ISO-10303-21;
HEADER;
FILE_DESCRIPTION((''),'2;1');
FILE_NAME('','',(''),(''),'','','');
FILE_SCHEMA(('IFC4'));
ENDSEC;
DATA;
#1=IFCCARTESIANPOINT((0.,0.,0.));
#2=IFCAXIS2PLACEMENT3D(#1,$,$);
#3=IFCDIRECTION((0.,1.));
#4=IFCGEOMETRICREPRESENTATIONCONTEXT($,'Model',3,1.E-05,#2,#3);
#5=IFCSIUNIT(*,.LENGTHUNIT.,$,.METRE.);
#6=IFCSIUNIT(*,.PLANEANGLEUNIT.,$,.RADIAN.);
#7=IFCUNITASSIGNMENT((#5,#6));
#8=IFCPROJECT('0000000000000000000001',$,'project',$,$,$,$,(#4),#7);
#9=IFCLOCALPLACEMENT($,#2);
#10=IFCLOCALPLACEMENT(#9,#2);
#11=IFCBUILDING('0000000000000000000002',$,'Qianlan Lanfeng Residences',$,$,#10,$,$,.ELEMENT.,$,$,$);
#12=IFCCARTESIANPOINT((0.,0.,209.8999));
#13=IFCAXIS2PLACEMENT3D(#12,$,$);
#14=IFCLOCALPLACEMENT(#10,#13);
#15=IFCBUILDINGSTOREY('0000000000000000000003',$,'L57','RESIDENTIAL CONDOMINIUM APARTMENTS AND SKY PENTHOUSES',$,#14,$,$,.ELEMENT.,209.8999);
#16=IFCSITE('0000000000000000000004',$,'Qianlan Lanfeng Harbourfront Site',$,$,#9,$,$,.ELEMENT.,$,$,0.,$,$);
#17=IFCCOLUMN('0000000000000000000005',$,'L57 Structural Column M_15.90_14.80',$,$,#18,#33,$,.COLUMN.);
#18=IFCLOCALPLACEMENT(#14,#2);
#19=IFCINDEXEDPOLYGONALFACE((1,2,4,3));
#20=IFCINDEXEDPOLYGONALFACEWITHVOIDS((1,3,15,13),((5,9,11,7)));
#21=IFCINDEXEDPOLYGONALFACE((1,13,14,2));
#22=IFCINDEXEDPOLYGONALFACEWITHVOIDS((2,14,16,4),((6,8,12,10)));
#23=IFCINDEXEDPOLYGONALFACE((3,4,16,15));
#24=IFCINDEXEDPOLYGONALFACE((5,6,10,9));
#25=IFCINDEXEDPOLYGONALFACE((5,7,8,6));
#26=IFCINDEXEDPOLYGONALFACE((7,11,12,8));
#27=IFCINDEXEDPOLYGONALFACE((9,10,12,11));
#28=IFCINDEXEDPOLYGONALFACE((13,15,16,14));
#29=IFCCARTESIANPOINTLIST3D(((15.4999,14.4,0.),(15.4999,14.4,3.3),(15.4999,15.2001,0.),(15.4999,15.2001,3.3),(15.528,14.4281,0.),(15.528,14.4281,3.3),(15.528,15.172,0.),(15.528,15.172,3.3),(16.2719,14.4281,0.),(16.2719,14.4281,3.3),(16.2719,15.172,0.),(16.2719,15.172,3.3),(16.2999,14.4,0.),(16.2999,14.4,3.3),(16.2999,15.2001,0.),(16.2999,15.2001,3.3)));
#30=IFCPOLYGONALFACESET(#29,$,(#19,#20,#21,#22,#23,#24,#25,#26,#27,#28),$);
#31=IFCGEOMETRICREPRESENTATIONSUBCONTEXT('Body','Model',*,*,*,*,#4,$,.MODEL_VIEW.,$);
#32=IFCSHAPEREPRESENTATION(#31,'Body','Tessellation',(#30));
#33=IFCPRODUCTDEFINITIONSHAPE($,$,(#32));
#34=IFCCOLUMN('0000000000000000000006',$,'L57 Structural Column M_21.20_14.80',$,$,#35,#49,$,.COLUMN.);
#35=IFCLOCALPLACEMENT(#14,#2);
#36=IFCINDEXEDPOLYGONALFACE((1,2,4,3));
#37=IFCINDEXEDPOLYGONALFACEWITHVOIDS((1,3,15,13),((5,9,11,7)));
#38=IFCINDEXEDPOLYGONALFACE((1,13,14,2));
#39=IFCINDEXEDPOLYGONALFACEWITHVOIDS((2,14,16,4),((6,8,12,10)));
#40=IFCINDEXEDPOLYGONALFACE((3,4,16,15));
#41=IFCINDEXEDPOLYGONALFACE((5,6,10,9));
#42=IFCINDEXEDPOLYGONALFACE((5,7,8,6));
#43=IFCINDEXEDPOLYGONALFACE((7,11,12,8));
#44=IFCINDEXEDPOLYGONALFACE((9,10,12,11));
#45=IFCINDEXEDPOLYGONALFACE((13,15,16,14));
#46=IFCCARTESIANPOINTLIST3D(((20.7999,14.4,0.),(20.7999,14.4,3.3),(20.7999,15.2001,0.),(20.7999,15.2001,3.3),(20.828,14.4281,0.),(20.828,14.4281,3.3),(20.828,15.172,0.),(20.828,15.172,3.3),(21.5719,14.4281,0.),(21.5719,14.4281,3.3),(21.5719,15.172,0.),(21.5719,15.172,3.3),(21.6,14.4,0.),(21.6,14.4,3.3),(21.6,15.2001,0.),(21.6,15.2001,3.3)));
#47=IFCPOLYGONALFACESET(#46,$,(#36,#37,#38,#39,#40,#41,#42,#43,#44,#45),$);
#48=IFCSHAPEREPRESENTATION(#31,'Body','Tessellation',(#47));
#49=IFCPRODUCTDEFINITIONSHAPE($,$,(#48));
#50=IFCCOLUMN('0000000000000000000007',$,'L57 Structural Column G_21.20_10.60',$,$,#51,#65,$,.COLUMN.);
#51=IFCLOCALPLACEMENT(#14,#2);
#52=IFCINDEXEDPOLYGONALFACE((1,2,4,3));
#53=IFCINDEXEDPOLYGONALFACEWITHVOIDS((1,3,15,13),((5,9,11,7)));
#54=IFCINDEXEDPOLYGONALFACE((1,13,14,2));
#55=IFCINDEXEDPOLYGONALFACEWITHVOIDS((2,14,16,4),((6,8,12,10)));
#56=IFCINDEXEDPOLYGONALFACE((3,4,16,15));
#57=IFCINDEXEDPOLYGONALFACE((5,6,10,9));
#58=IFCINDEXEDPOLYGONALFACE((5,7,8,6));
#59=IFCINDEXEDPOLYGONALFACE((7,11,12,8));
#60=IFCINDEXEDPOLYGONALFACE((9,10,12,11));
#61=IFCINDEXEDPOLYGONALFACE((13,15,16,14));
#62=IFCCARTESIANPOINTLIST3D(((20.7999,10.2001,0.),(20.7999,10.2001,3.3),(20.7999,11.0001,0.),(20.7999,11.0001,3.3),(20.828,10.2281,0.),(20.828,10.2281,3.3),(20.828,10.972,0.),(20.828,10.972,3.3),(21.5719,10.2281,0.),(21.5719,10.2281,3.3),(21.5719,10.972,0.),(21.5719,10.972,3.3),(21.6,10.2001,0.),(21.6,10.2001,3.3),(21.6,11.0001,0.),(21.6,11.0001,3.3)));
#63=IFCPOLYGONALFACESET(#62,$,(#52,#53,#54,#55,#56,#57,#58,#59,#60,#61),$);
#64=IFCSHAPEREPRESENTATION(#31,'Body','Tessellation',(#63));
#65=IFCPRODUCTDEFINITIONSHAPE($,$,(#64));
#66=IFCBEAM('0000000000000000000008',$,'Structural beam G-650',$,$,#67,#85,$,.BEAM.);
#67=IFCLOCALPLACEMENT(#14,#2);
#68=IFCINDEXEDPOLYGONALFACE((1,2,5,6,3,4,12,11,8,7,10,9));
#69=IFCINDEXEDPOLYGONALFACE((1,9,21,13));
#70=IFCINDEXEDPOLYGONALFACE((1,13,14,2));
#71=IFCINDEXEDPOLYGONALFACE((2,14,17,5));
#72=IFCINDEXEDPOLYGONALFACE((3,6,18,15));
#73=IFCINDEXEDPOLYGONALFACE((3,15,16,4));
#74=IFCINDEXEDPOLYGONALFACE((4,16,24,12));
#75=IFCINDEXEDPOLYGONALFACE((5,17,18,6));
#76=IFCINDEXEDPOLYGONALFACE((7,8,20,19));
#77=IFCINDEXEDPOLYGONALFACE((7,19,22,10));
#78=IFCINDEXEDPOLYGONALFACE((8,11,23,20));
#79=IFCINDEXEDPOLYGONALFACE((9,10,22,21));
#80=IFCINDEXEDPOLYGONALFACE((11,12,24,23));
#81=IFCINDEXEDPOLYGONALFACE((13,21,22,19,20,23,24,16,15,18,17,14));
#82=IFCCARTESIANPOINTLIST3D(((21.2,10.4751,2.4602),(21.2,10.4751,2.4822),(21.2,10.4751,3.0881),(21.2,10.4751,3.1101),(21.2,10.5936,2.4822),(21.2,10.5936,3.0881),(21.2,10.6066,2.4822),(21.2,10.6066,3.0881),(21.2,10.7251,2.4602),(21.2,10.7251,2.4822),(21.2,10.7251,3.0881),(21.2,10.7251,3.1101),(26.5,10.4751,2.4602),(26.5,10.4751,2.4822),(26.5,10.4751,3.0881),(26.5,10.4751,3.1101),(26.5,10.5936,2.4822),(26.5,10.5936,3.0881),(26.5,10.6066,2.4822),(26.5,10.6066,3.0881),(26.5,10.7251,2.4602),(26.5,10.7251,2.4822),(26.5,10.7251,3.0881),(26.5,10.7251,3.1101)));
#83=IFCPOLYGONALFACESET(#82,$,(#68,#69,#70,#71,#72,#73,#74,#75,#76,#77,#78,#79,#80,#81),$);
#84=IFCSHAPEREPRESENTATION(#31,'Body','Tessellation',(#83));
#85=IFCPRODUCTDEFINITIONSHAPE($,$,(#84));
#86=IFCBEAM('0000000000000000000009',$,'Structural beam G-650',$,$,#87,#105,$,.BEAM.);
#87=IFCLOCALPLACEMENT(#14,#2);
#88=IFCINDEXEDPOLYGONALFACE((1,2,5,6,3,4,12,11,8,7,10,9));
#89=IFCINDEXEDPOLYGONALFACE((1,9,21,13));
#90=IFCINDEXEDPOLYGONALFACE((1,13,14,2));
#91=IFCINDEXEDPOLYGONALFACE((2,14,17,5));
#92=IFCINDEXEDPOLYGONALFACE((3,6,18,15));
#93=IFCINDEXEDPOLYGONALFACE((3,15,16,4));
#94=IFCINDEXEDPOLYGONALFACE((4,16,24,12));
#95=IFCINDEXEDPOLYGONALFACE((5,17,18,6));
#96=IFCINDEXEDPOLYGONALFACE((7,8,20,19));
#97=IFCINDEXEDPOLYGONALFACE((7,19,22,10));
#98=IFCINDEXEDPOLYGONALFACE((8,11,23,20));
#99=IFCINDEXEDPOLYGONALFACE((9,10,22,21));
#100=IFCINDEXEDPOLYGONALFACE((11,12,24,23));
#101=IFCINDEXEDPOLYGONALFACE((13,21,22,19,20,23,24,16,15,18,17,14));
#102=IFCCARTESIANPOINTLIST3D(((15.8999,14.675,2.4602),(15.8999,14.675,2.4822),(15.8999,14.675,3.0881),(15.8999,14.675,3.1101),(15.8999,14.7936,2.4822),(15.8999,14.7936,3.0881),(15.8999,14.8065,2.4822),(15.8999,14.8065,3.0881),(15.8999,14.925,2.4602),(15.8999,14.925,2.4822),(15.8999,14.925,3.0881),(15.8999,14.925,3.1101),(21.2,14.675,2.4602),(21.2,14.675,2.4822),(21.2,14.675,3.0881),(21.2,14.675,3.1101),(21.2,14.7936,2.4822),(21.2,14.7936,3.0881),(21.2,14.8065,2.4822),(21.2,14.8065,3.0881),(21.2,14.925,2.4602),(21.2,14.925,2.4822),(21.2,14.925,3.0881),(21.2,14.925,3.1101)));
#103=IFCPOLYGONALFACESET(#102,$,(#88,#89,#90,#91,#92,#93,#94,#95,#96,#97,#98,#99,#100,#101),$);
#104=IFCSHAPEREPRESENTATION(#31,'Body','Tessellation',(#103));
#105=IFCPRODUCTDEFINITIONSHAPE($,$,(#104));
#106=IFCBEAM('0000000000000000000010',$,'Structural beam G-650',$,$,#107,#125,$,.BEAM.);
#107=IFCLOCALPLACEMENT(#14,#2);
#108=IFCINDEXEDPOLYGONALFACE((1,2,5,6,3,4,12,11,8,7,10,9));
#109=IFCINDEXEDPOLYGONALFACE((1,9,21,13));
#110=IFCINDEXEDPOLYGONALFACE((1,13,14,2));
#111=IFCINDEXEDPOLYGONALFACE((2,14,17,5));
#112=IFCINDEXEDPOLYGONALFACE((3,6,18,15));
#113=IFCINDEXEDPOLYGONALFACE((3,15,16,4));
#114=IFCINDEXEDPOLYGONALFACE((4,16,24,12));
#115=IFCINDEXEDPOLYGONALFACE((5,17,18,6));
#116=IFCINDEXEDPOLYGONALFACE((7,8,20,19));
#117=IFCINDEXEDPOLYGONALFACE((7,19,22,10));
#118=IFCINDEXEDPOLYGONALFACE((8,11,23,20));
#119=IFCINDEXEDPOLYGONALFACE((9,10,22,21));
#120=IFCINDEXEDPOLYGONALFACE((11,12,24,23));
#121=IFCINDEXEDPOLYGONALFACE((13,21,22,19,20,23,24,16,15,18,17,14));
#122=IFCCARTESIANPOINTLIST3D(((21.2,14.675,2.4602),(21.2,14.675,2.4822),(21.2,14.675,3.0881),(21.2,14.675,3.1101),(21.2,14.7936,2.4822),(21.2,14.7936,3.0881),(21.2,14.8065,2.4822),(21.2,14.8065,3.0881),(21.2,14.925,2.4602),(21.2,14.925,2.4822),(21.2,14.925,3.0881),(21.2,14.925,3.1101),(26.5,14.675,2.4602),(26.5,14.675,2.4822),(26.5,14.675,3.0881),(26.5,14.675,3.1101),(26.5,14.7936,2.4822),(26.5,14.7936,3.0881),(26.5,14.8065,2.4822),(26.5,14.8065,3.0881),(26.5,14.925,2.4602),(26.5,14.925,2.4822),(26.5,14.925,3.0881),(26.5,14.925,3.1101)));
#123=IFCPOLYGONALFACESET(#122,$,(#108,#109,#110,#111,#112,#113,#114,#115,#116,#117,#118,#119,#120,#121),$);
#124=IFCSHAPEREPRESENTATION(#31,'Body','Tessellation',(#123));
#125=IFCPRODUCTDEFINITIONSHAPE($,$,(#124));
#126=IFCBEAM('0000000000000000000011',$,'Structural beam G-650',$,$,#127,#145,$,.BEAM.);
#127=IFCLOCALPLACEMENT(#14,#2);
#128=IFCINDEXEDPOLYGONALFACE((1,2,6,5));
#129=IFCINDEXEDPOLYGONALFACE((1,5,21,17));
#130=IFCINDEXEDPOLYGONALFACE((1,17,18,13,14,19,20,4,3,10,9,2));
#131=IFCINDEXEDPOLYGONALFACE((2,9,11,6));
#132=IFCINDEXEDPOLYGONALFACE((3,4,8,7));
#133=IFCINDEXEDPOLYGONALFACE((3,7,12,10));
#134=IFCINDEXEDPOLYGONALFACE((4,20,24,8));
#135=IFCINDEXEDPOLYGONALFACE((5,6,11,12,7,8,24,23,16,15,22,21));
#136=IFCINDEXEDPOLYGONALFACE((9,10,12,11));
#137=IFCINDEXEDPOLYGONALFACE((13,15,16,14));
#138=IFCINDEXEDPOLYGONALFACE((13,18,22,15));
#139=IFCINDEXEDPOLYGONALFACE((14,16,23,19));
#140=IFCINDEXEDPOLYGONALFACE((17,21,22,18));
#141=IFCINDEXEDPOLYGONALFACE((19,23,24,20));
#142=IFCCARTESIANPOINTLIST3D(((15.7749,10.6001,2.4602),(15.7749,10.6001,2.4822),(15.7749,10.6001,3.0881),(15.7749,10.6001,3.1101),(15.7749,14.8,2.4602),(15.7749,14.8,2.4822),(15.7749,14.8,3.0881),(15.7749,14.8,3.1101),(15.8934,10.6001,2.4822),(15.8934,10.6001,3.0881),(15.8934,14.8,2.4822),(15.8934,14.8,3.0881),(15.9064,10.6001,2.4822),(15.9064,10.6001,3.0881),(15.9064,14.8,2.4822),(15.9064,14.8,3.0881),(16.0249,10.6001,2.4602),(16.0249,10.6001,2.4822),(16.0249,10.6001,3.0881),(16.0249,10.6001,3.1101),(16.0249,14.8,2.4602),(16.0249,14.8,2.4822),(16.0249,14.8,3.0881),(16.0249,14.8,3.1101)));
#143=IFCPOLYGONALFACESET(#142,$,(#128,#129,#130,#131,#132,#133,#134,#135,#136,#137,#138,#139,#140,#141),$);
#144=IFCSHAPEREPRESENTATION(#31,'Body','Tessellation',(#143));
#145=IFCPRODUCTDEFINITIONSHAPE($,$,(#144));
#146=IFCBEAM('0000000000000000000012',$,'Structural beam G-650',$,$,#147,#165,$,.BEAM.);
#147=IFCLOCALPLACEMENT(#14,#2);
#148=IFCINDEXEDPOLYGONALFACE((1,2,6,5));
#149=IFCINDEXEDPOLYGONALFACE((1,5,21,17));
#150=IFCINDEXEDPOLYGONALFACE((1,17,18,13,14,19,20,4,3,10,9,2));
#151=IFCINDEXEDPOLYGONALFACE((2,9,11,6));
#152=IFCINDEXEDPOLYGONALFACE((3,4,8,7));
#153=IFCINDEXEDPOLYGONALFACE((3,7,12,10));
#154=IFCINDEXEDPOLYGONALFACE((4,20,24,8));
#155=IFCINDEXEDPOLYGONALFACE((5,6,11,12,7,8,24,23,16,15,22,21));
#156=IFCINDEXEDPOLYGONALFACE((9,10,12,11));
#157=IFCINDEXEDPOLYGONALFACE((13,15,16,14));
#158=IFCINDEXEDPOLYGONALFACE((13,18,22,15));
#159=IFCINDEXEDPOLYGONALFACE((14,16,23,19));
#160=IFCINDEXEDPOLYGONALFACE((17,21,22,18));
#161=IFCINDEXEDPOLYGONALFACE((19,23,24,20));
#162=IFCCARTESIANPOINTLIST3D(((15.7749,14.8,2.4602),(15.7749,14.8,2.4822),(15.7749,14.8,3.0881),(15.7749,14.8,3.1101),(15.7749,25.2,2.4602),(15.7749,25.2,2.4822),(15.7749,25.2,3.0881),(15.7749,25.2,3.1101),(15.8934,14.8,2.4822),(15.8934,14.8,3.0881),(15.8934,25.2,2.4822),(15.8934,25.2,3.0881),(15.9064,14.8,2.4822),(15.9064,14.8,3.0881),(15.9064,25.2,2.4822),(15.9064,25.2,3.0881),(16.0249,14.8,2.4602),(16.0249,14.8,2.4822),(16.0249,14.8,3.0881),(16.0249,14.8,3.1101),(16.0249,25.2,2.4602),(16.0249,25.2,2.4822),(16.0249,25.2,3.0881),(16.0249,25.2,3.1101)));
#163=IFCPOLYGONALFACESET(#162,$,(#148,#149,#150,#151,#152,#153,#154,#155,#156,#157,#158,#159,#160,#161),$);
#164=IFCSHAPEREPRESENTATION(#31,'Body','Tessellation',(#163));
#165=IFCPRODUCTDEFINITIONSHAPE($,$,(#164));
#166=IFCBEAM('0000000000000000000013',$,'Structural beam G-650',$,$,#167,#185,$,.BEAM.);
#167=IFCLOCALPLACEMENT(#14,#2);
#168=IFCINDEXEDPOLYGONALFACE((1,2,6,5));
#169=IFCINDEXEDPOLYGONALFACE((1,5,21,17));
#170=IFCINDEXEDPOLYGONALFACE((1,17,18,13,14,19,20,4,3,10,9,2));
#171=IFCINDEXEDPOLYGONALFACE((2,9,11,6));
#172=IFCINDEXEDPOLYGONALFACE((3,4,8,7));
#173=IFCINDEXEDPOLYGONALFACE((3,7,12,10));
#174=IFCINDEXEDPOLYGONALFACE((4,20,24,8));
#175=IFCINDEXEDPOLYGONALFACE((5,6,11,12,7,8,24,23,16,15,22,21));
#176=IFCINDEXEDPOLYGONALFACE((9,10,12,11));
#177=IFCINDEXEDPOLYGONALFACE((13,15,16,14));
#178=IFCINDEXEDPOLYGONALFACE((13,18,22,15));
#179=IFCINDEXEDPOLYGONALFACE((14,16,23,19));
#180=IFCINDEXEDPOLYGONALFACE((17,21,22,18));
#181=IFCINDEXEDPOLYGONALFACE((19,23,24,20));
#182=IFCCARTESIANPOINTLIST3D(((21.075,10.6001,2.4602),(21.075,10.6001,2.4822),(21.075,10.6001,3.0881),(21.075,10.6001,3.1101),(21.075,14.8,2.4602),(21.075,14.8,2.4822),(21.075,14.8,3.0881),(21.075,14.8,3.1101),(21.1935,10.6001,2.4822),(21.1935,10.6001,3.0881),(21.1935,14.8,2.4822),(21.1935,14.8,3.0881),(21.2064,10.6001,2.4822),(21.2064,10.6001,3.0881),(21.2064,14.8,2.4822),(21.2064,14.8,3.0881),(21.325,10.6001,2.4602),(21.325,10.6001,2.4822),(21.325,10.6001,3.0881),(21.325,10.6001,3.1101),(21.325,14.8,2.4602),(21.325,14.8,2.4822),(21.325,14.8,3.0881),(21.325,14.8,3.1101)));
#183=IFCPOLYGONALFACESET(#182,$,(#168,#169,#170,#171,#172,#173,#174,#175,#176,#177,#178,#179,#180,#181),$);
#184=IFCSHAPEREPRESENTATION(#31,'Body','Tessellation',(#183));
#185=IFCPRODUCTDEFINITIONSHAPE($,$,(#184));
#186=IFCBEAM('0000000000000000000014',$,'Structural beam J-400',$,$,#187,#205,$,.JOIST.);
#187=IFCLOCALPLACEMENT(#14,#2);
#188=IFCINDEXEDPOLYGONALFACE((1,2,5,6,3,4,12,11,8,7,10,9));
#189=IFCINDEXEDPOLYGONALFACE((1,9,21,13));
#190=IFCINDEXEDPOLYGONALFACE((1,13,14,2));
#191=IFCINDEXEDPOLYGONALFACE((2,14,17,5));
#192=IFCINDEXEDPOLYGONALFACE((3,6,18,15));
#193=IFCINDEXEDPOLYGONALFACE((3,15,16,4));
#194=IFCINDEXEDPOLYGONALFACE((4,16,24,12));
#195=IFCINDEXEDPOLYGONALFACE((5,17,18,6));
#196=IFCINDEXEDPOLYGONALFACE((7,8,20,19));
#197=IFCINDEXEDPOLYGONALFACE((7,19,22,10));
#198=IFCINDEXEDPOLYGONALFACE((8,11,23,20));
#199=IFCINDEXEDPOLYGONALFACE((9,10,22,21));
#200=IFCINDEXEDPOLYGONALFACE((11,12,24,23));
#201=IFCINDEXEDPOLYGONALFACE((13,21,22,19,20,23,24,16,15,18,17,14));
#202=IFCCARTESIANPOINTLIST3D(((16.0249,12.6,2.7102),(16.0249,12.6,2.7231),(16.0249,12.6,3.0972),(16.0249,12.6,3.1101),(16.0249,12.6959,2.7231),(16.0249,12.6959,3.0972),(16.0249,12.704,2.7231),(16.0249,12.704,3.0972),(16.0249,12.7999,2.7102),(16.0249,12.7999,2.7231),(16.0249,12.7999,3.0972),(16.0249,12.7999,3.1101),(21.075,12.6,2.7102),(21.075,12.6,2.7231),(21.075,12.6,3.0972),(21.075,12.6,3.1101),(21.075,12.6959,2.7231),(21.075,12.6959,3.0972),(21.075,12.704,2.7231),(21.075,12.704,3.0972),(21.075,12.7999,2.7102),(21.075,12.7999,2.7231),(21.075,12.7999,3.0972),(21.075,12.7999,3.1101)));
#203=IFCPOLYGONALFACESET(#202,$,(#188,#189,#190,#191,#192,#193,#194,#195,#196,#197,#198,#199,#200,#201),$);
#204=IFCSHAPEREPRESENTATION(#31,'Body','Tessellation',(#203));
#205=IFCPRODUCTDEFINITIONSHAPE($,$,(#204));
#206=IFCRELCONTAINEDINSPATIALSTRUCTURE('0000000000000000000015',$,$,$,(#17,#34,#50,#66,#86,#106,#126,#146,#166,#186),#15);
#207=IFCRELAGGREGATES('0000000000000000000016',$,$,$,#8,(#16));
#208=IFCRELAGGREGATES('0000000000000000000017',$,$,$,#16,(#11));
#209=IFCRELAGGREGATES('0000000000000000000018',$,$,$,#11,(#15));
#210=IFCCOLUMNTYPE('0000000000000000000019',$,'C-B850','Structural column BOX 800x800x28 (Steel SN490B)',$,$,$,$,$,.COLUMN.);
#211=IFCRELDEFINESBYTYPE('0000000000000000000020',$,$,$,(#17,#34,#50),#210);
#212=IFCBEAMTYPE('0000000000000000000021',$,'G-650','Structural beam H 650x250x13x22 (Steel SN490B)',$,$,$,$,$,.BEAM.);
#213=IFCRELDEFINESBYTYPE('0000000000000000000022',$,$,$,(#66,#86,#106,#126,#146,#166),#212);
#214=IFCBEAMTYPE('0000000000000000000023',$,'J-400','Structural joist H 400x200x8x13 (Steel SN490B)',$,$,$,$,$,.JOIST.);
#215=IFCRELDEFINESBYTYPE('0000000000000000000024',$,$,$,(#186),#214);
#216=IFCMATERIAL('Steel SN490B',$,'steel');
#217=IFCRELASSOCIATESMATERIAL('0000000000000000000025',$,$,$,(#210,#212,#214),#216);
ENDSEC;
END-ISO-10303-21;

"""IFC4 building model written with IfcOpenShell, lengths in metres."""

from ifc_helpers import new_model, si_unit, direction, frame, origin, origin_2d, place, context, subcontext, project, spatial, hollow_rectangle, i_section, extrude, material, material_profile, profile_set, type_object, element, save


model = new_model("IFC4")

# Units and contexts
model_context = context("Model", 3, precision=1e-05, world=origin(), true_north=direction((0.0, 1.0)))
body_context = subcontext(model_context, "Body", "Model", "MODEL_VIEW")
ifc_project = project(units=[si_unit("LENGTHUNIT", "METRE"), si_unit("PLANEANGLEUNIT", "RADIAN")], contexts=[model_context])

# Site, building, storey
site_placement = place(None, origin())
site = spatial("IfcSite", under=ifc_project, at=site_placement, Name="Qianlan Lanfeng Harbourfront Site", CompositionType="ELEMENT", RefElevation=0.0)
building_placement = place(site_placement, origin())
building = spatial("IfcBuilding", under=site, at=building_placement, Name="Qianlan Lanfeng Residences", CompositionType="ELEMENT")
storey_placement = place(building_placement, frame((0.0, 0.0, 209.8999)))
storey = spatial("IfcBuildingStorey", under=building, at=storey_placement, Name="L57", Description="RESIDENTIAL CONDOMINIUM APARTMENTS AND SKY PENTHOUSES", CompositionType="ELEMENT", Elevation=209.8999)

# Columns
ifc_material_1 = material(Name="Steel SN490B", Category="steel")
ifc_material_profile_1 = material_profile(ifc_material_1, hollow_rectangle(XDim=0.8, YDim=0.8, WallThickness=0.0281, at=origin_2d()), Name="BOX 800x800x28")
ifc_profile_set_1 = profile_set([ifc_material_profile_1], Name="Steel SN490B")
column_type = type_object("IfcColumnType", Name="C-B850", Description="Structural column BOX 800x800x28 (Steel SN490B)", PredefinedType="COLUMN", material=ifc_profile_set_1)
for number, where, z_axis, x_axis, name in (
    (1, (15.8999, 14.8, 0.0), (0.0, 0.0, 1.0), (1.0, 0.0, 0.0), "L57 Structural Column M_15.90_14.80"),
    (2, (21.2, 14.8, 0.0), (0.0, 0.0, 1.0), (1.0, 0.0, 0.0), "L57 Structural Column M_21.20_14.80"),
    (3, (21.2, 10.6001, 0.0), (0.0, 0.0, 1.0), (1.0, 0.0, 0.0), "L57 Structural Column G_21.20_10.60"),
):
    element("IfcColumn", number, at=place(storey_placement, frame(where, z_axis=z_axis, x_axis=x_axis)), inside=storey, type_object=column_type, Name=name, PredefinedType="COLUMN", context=body_context, shape_type="SweptSolid", body=[
        extrude(hollow_rectangle(XDim=0.8, YDim=0.8, WallThickness=0.0281, at=origin_2d()), origin(), (0.0, 0.0, 1.0), 3.3),
    ])

# Beams
ifc_material_profile_2 = material_profile(ifc_material_1, i_section(OverallWidth=0.25, OverallDepth=0.6499, WebThickness=0.0129, FlangeThickness=0.022, at=origin_2d()), Name="H 650x250x13x22")
ifc_profile_set_2 = profile_set([ifc_material_profile_2], Name="Steel SN490B")
beam_type_1 = type_object("IfcBeamType", Name="G-650", Description="Structural beam H 650x250x13x22 (Steel SN490B)", PredefinedType="BEAM", material=ifc_profile_set_2)
for number, where, z_axis, x_axis, name in (
    (4, (21.2, 10.6001, 2.7852), (1.0, 0.0, 0.0), (0.0, 1.0, 0.0), "Structural beam G-650"),
    (5, (15.8999, 14.8, 2.7852), (1.0, 0.0, 0.0), (0.0, 1.0, 0.0), "Structural beam G-650"),
    (6, (21.2, 14.8, 2.7852), (1.0, 0.0, 0.0), (0.0, 1.0, 0.0), "Structural beam G-650"),
):
    element("IfcBeam", number, at=place(storey_placement, frame(where, z_axis=z_axis, x_axis=x_axis)), inside=storey, type_object=beam_type_1, Name=name, PredefinedType="BEAM", context=body_context, shape_type="SweptSolid", body=[
        extrude(i_section(OverallWidth=0.25, OverallDepth=0.6499, WebThickness=0.0129, FlangeThickness=0.022, at=origin_2d()), origin(), (0.0, 0.0, 1.0), 5.3),
    ])
beam_1_placement = place(storey_placement, frame((15.8999, 10.6001, 2.7852), z_axis=(0.0, 1.0, 0.0), x_axis=(-1.0, 0.0, 0.0)))
element("IfcBeam", 7, at=beam_1_placement, inside=storey, type_object=beam_type_1, Name="Structural beam G-650", PredefinedType="BEAM", context=body_context, shape_type="SweptSolid", body=[
    extrude(i_section(OverallWidth=0.25, OverallDepth=0.6499, WebThickness=0.0129, FlangeThickness=0.022, at=origin_2d()), origin(), (0.0, 0.0, 1.0), 4.2),
])
beam_2_placement = place(storey_placement, frame((15.8999, 14.8, 2.7852), z_axis=(0.0, 1.0, 0.0), x_axis=(-1.0, 0.0, 0.0)))
element("IfcBeam", 8, at=beam_2_placement, inside=storey, type_object=beam_type_1, Name="Structural beam G-650", PredefinedType="BEAM", context=body_context, shape_type="SweptSolid", body=[
    extrude(i_section(OverallWidth=0.25, OverallDepth=0.6499, WebThickness=0.0129, FlangeThickness=0.022, at=origin_2d()), origin(), (0.0, 0.0, 1.0), 10.3999),
])
beam_3_placement = place(storey_placement, frame((21.2, 10.6001, 2.7852), z_axis=(0.0, 1.0, 0.0), x_axis=(-1.0, 0.0, 0.0)))
element("IfcBeam", 9, at=beam_3_placement, inside=storey, type_object=beam_type_1, Name="Structural beam G-650", PredefinedType="BEAM", context=body_context, shape_type="SweptSolid", body=[
    extrude(i_section(OverallWidth=0.25, OverallDepth=0.6499, WebThickness=0.0129, FlangeThickness=0.022, at=origin_2d()), origin(), (0.0, 0.0, 1.0), 4.2),
])
ifc_material_profile_3 = material_profile(ifc_material_1, i_section(OverallWidth=0.2, OverallDepth=0.3999, WebThickness=0.0081, FlangeThickness=0.0129, at=origin_2d()), Name="H 400x200x8x13")
ifc_profile_set_3 = profile_set([ifc_material_profile_3], Name="Steel SN490B")
beam_type_2 = type_object("IfcBeamType", Name="J-400", Description="Structural joist H 400x200x8x13 (Steel SN490B)", PredefinedType="JOIST", material=ifc_profile_set_3)
beam_4_placement = place(storey_placement, frame((16.0249, 12.7, 2.9102), z_axis=(1.0, 0.0, 0.0), x_axis=(0.0, 1.0, 0.0)))
element("IfcBeam", 10, at=beam_4_placement, inside=storey, type_object=beam_type_2, Name="Structural beam J-400", PredefinedType="JOIST", context=body_context, shape_type="SweptSolid", body=[
    extrude(i_section(OverallWidth=0.2, OverallDepth=0.3999, WebThickness=0.0081, FlangeThickness=0.0129, at=origin_2d()), origin(), (0.0, 0.0, 1.0), 5.05),
])

save(model, "model.ifc")
